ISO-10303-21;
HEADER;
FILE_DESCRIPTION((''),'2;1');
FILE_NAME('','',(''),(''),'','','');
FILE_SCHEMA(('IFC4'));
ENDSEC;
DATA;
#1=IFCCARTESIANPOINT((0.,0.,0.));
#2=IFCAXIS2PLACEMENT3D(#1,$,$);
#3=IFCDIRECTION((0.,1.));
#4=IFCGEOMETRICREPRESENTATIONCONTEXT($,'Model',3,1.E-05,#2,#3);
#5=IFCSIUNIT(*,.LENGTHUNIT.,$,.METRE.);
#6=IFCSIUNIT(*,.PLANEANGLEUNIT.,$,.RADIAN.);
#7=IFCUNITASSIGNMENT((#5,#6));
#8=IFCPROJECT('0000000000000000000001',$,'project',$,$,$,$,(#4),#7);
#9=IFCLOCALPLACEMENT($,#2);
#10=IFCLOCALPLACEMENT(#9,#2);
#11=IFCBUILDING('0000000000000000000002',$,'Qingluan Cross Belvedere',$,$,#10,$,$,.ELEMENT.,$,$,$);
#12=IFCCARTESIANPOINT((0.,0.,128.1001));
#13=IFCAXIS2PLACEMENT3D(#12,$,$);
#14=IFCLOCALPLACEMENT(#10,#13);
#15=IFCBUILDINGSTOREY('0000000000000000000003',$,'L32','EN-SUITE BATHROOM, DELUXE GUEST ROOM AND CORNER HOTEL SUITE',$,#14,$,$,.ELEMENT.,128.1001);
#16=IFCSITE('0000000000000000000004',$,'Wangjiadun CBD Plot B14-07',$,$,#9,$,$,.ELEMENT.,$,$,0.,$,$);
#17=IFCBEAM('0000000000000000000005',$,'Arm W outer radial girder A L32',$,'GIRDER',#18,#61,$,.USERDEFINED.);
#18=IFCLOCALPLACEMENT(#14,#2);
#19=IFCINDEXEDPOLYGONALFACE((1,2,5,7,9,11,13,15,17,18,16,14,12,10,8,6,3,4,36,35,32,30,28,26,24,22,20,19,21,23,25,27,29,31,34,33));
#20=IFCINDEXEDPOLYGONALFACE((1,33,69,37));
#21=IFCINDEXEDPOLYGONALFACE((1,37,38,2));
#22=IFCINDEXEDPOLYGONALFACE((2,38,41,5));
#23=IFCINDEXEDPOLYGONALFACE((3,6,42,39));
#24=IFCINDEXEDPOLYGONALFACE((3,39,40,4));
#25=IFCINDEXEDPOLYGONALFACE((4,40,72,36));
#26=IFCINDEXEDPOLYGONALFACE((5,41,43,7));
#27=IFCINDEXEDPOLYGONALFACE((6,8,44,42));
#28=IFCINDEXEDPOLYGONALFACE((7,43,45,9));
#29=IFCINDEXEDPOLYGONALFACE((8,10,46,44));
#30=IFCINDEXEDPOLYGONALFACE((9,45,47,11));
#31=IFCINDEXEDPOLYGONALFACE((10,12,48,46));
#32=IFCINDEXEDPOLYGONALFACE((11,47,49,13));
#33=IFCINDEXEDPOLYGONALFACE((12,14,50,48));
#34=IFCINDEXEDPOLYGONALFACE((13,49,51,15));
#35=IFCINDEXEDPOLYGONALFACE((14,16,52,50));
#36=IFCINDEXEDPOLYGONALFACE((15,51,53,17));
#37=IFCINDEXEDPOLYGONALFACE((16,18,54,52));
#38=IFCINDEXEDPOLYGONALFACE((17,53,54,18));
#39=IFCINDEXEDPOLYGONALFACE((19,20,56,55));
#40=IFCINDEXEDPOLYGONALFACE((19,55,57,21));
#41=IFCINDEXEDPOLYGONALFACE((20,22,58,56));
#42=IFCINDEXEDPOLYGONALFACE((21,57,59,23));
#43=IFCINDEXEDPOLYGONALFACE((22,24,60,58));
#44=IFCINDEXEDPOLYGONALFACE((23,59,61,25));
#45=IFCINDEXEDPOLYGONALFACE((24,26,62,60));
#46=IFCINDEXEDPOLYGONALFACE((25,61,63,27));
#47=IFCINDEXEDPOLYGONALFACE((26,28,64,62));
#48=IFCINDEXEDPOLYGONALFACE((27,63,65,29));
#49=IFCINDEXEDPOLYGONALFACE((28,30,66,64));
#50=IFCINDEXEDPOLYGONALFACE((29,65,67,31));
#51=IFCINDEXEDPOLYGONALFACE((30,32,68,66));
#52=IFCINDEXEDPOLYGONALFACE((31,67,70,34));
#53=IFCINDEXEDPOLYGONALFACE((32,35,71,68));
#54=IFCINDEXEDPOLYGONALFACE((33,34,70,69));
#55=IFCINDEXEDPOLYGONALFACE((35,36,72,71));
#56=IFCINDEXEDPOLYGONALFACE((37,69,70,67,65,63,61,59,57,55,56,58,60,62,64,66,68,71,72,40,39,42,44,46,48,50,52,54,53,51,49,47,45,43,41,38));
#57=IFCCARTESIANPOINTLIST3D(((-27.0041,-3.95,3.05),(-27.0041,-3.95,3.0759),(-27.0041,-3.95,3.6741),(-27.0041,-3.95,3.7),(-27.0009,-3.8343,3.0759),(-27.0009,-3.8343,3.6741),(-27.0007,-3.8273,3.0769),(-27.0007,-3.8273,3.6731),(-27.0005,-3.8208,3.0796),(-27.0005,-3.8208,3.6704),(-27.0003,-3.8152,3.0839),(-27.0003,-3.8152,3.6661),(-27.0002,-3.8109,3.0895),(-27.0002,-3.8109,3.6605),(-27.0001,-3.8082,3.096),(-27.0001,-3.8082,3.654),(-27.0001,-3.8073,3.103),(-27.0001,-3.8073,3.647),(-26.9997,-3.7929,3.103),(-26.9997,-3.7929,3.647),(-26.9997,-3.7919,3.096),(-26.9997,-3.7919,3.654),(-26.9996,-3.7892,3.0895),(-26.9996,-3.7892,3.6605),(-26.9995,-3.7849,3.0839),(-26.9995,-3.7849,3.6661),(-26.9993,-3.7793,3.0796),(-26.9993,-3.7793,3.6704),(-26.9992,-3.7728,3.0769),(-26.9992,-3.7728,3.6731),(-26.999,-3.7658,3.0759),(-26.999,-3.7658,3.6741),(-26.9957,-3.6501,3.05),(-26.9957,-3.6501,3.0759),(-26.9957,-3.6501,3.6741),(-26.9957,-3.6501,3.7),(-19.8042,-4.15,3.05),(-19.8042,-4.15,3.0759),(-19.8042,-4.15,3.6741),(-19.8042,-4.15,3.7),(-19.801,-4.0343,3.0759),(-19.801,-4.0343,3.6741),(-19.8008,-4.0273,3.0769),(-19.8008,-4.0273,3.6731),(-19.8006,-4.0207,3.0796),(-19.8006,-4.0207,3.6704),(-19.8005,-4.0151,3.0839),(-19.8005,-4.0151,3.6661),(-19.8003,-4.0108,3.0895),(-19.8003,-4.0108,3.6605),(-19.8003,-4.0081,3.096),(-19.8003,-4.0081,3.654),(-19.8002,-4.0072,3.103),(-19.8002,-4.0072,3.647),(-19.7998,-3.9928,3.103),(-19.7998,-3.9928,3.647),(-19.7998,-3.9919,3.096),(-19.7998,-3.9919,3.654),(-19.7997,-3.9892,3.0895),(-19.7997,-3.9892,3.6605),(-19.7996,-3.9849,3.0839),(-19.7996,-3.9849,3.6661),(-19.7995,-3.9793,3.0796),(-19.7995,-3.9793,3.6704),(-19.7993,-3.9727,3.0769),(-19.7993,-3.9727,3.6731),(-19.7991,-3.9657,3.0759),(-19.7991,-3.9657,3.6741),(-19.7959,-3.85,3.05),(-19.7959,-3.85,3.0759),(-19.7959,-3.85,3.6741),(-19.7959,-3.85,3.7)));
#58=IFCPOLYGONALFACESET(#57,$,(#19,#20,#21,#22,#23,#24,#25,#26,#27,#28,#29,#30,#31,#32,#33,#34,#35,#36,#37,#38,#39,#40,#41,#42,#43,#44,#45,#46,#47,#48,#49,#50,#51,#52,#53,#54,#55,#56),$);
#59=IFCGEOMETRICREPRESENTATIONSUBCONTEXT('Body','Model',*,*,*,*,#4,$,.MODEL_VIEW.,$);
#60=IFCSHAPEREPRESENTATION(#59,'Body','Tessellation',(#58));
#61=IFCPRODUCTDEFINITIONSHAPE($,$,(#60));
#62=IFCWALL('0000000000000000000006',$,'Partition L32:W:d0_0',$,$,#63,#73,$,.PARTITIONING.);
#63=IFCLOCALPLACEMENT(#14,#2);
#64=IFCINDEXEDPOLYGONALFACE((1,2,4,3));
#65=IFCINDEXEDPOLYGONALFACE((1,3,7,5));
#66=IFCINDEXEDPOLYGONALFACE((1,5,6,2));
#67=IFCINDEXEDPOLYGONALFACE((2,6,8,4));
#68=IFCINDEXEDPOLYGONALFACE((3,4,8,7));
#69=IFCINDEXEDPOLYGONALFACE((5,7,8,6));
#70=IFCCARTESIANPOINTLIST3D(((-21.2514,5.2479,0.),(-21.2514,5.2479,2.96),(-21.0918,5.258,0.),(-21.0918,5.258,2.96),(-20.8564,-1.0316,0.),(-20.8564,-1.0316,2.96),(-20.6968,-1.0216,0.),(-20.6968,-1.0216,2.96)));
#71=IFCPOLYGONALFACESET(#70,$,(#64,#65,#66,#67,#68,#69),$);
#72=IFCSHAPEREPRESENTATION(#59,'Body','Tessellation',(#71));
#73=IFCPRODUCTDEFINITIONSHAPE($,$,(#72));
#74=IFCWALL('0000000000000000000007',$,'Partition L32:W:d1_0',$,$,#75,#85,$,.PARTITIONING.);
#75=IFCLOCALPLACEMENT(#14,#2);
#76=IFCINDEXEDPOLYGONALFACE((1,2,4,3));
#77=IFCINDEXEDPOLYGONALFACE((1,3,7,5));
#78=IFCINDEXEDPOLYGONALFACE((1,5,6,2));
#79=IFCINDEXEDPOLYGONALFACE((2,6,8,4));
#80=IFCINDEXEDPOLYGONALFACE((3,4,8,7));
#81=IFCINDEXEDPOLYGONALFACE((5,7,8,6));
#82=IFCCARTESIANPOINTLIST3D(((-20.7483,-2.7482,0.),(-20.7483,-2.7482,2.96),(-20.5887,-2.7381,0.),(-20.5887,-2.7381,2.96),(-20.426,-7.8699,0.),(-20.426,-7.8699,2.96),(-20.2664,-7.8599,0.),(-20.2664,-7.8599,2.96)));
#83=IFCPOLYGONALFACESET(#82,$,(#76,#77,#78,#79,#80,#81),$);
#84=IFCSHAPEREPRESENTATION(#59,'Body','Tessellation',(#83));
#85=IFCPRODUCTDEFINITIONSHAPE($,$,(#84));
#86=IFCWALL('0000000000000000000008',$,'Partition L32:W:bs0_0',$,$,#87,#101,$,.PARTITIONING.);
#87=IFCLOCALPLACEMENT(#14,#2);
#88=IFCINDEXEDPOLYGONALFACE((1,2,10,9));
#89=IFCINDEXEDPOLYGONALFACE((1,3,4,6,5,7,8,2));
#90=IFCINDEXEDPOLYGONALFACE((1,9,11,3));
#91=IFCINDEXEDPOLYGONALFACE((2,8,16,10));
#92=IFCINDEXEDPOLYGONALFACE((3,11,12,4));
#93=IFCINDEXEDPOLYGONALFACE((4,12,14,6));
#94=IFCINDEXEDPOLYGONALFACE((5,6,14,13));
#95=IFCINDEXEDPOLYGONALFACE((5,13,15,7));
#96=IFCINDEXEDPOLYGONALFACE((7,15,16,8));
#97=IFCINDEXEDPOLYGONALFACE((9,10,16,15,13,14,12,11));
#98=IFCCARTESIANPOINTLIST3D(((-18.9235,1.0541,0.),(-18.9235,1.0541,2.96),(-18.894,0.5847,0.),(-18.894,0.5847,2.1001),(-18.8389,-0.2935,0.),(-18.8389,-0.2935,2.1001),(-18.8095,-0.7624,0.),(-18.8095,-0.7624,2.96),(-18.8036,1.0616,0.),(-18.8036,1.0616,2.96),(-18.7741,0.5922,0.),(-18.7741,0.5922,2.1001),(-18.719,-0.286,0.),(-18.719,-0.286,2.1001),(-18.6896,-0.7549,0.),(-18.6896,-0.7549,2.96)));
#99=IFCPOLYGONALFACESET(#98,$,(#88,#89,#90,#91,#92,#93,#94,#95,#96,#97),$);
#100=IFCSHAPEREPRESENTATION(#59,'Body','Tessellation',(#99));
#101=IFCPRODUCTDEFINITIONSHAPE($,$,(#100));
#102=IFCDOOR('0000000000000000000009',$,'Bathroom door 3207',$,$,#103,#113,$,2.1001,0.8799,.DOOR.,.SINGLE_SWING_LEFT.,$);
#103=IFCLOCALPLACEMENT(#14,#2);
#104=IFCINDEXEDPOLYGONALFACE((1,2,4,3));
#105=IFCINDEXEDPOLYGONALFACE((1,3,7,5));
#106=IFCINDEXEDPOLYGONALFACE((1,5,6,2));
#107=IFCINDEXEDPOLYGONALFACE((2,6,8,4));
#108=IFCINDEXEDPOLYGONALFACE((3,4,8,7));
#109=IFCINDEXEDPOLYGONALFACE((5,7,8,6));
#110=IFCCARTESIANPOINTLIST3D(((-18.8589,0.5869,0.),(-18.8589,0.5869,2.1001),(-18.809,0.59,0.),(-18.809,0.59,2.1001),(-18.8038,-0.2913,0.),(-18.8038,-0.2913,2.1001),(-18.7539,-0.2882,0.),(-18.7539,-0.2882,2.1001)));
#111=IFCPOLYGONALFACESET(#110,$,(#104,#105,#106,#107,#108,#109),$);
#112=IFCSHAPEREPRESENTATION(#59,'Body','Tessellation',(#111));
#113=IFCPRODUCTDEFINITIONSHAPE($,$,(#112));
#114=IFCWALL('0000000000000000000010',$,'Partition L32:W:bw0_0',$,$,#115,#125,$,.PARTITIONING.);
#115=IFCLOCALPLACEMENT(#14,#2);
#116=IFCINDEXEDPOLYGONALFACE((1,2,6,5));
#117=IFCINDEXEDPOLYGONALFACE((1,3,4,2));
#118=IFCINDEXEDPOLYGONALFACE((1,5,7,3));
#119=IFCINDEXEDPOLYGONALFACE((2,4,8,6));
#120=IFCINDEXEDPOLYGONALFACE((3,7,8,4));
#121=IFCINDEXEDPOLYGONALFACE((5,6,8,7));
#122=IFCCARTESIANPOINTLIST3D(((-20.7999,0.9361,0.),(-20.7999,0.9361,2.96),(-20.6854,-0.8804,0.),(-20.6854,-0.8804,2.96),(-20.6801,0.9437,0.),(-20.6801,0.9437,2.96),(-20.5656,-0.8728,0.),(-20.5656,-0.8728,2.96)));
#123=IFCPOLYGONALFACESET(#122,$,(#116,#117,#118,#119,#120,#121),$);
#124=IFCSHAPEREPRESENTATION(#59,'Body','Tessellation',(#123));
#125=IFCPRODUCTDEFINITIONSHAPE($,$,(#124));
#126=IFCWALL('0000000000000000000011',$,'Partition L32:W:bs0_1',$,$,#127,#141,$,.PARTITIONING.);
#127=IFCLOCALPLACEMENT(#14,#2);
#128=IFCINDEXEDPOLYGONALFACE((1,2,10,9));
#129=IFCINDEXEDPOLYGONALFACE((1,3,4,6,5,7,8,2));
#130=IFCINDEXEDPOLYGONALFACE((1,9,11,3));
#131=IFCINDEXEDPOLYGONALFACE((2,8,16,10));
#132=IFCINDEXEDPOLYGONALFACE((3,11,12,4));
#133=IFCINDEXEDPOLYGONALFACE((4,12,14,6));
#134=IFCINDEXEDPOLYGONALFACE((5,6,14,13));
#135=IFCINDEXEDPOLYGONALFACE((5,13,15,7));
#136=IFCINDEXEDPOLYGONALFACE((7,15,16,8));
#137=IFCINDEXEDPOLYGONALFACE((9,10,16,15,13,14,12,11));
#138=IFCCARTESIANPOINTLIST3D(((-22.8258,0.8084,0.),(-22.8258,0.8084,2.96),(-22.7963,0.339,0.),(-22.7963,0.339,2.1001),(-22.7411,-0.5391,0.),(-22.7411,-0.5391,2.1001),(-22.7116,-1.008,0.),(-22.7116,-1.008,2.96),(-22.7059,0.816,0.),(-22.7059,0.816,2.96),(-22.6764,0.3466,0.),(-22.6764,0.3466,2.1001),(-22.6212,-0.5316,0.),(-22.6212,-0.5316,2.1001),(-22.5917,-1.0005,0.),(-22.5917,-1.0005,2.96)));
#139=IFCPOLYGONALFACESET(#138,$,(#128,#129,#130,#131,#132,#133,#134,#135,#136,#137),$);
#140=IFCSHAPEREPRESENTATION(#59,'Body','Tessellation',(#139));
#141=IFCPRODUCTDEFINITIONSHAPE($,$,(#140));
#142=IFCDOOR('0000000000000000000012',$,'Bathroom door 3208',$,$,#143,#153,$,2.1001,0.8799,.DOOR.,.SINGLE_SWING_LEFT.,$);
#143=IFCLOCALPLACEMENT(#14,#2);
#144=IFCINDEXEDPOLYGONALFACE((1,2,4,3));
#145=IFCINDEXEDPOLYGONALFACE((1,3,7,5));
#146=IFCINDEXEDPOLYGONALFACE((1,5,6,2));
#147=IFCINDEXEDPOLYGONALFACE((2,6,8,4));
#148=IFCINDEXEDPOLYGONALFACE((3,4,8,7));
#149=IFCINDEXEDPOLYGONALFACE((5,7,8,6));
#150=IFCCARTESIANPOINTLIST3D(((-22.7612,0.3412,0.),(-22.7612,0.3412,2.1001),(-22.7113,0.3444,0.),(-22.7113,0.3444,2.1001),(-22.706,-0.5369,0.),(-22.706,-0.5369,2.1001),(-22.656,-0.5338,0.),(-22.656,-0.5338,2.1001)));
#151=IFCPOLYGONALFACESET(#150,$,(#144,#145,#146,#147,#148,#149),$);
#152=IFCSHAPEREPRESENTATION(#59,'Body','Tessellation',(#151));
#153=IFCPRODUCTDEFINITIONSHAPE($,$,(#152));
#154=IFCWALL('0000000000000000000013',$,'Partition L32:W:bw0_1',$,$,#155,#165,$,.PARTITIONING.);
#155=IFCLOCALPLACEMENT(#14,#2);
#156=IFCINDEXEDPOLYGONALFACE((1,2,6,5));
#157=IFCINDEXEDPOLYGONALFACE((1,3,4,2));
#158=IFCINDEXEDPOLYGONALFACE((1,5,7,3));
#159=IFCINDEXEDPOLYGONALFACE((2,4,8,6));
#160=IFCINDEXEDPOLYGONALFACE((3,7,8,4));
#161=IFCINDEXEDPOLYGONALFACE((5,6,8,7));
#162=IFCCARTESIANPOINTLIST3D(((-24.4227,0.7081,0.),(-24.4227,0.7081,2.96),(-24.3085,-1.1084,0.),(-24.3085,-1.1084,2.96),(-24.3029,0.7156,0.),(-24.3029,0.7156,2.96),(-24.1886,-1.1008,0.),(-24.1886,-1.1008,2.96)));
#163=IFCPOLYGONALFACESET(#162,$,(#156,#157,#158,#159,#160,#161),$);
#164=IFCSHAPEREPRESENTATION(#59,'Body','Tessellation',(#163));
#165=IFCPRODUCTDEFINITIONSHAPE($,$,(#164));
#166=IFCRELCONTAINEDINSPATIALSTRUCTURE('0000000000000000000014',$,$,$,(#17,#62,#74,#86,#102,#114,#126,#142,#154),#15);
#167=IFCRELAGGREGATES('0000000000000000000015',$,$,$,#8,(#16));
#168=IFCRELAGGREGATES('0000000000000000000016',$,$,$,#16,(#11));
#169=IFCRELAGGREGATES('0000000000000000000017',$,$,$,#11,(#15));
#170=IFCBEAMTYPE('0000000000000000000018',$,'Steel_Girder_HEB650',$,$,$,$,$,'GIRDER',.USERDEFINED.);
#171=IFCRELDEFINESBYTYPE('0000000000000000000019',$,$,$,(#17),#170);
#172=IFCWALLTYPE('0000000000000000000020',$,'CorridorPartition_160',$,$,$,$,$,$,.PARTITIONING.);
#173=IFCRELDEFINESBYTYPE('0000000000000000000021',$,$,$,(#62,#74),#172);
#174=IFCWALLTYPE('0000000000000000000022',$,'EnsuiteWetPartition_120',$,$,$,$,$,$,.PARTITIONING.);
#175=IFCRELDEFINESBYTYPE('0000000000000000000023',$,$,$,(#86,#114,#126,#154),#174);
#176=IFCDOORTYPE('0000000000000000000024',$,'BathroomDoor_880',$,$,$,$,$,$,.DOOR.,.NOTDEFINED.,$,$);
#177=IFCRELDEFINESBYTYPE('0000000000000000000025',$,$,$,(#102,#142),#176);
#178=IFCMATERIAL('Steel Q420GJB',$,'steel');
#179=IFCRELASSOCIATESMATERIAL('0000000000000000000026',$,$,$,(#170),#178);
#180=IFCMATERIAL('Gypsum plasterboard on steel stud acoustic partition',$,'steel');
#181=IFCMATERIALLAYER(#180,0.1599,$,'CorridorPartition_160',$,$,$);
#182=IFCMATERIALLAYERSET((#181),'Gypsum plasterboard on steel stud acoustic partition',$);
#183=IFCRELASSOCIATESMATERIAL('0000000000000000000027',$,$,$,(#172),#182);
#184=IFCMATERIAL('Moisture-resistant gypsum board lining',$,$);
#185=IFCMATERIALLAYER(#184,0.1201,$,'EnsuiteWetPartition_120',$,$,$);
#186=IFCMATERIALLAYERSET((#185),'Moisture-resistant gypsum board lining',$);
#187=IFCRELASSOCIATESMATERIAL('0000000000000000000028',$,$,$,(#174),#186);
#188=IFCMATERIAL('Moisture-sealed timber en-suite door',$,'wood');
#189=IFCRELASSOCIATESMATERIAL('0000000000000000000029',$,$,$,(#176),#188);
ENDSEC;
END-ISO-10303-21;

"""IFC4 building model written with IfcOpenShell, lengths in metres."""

from ifc_helpers import new_model, si_unit, direction, frame, frame_2d, origin, origin_2d, place, context, subcontext, project, spatial, rectangle, i_section, extrude, material, layer, layer_set, material_profile, profile_set, type_object, element, fill, save


model = new_model("IFC4")

# Units and contexts
model_context = context("Model", 3, precision=1e-05, world=origin(), true_north=direction((0.0, 1.0)))
body_context = subcontext(model_context, "Body", "Model", "MODEL_VIEW")
ifc_project = project(units=[si_unit("LENGTHUNIT", "METRE"), si_unit("PLANEANGLEUNIT", "RADIAN")], contexts=[model_context])

# Site, building, storey
site_placement = place(None, origin())
site = spatial("IfcSite", under=ifc_project, at=site_placement, Name="Wangjiadun CBD Plot B14-07", CompositionType="ELEMENT", RefElevation=0.0)
building_placement = place(site_placement, origin())
building = spatial("IfcBuilding", under=site, at=building_placement, Name="Qingluan Cross Belvedere", CompositionType="ELEMENT")
storey_placement = place(building_placement, frame((0.0, 0.0, 128.1001)))
storey = spatial("IfcBuildingStorey", under=building, at=storey_placement, Name="L32", Description="EN-SUITE BATHROOM, DELUXE GUEST ROOM AND CORNER HOTEL SUITE", CompositionType="ELEMENT", Elevation=128.1001)

# Beam
ifc_material_1 = material(Name="Steel Q420GJB", Category="steel")
ifc_material_profile_1 = material_profile(ifc_material_1, i_section(OverallWidth=0.3, OverallDepth=0.6499, WebThickness=0.0144, FlangeThickness=0.0259, FilletRadius=0.0271, at=origin_2d()), Name="HEB650")
ifc_profile_set_1 = profile_set([ifc_material_profile_1], Name="Steel Q420GJB")
beam_type_1 = type_object("IfcBeamType", Name="Steel_Girder_HEB650", ElementType="GIRDER", PredefinedType="USERDEFINED", material=ifc_profile_set_1)
beam_1_placement = place(storey_placement, frame((-19.8, -4.0, 3.375), z_axis=(-0.999615, 0.02776, 0.0), x_axis=(-0.02776, -0.999615, 0.0)))
element("IfcBeam", 1, at=beam_1_placement, inside=storey, type_object=beam_type_1, Name="Arm W outer radial girder A L32", ObjectType="GIRDER", PredefinedType="USERDEFINED", context=body_context, shape_type="SweptSolid", body=[
    extrude(i_section(OverallWidth=0.3, OverallDepth=0.6499, WebThickness=0.0144, FlangeThickness=0.0259, FilletRadius=0.0271, at=origin_2d()), origin(), (0.0, 0.0, 1.0), 7.2026),
])

# Wall
ifc_material_2 = material(Name="Gypsum plasterboard on steel stud acoustic partition", Category="steel")
ifc_layer_1 = layer(ifc_material_2, 0.1599, Name="CorridorPartition_160")
ifc_layer_set_1 = layer_set([ifc_layer_1], Name="Gypsum plasterboard on steel stud acoustic partition")
wall_type_1 = type_object("IfcWallType", Name="CorridorPartition_160", PredefinedType="PARTITIONING", material=ifc_layer_set_1)
wall_1_placement = place(storey_placement, frame((-20.7766, -1.0266, 0.0), z_axis=(0.0, 0.0, 1.0), x_axis=(-0.062782, 0.998027, 0.0)))
element("IfcWall", 2, at=wall_1_placement, inside=storey, type_object=wall_type_1, Name="Partition L32:W:d0_0", PredefinedType="PARTITIONING", context=body_context, shape_type="SweptSolid", body=[
    extrude(rectangle(XDim=6.292, YDim=0.1599, at=frame_2d((3.146, 0.0))), origin(), (0.0, 0.0, 1.0), 2.96),
])

# Wall
wall_2_placement = place(storey_placement, frame((-20.6685, -2.7432, 0.0), z_axis=(0.0, 0.0, 1.0), x_axis=(0.062796, -0.998026, 0.0)))
element("IfcWall", 3, at=wall_2_placement, inside=storey, type_object=wall_type_1, Name="Partition L32:W:d1_0", PredefinedType="PARTITIONING", context=body_context, shape_type="SweptSolid", body=[
    extrude(rectangle(XDim=5.1318, YDim=0.1599, at=frame_2d((2.5659, 0.0))), origin(), (0.0, 0.0, 1.0), 2.96),
])

# Wall, opening, door
ifc_material_3 = material(Name="Moisture-resistant gypsum board lining")
ifc_layer_2 = layer(ifc_material_3, 0.1201, Name="EnsuiteWetPartition_120")
ifc_layer_set_2 = layer_set([ifc_layer_2], Name="Moisture-resistant gypsum board lining")
wall_type_2 = type_object("IfcWallType", Name="EnsuiteWetPartition_120", PredefinedType="PARTITIONING", material=ifc_layer_set_2)
wall_3_placement = place(storey_placement, frame((-18.7495, -0.7588, 0.0), z_axis=(0.0, 0.0, 1.0), x_axis=(-0.062646, 0.998036, 0.0)))
wall_3 = element("IfcWall", 4, at=wall_3_placement, inside=storey, type_object=wall_type_2, Name="Partition L32:W:bs0_0", PredefinedType="PARTITIONING", context=body_context, shape_type="SweptSolid", body=[
    extrude(rectangle(XDim=1.8201, YDim=0.1201, at=frame_2d((0.9102, 0.0))), origin(), (0.0, 0.0, 1.0), 2.96),
])
opening_1_placement = place(wall_3_placement, frame((0.47, 0.0, 0.0)))
opening_1 = element("IfcOpeningElement", 5, at=opening_1_placement, cuts=wall_3, PredefinedType="OPENING", context=body_context, shape_type="SweptSolid", body=[
    extrude(rectangle(XDim=0.8799, YDim=2.1001, at=frame_2d((0.4399, 1.05))), frame((0.0, 0.0701, 0.0), z_axis=(0.0, -1.0, 0.0), x_axis=(1.0, 0.0, 0.0)), (0.0, 0.0, 1.0), 0.1401),
])
ifc_material_4 = material(Name="Moisture-sealed timber en-suite door", Category="wood")
door_type_1 = type_object("IfcDoorType", Name="BathroomDoor_880", OperationType="NOTDEFINED", PredefinedType="DOOR", material=ifc_material_4)
door_1_placement = place(opening_1_placement, origin())
door_1 = element("IfcDoor", 6, at=door_1_placement, inside=storey, type_object=door_type_1, Name="Bathroom door 3207", OperationType="SINGLE_SWING_LEFT", OverallHeight=2.1001, OverallWidth=0.8799, PredefinedType="DOOR", context=body_context, shape_type="SweptSolid", body=[
    extrude(rectangle(XDim=0.8799, YDim=2.1001, at=frame_2d((0.4399, 1.05))), frame((0.0, 0.0249, 0.0), z_axis=(0.0, -1.0, 0.0), x_axis=(1.0, 0.0, 0.0)), (0.0, 0.0, 1.0), 0.05),
])
fill(opening_1, door_1)

# Wall
wall_4_placement = place(storey_placement, frame((-20.6255, -0.8767, 0.0), z_axis=(0.0, 0.0, 1.0), x_axis=(-0.062913, 0.998019, 0.0)))
element("IfcWall", 7, at=wall_4_placement, inside=storey, type_object=wall_type_2, Name="Partition L32:W:bw0_0", PredefinedType="PARTITIONING", context=body_context, shape_type="SweptSolid", body=[
    extrude(rectangle(XDim=1.8201, YDim=0.1201, at=frame_2d((0.9102, 0.0))), origin(), (0.0, 0.0, 1.0), 2.96),
])

# Wall, opening, door
wall_5_placement = place(storey_placement, frame((-22.6516, -1.0044, 0.0), z_axis=(0.0, 0.0, 1.0), x_axis=(-0.062779, 0.998027, 0.0)))
wall_5 = element("IfcWall", 8, at=wall_5_placement, inside=storey, type_object=wall_type_2, Name="Partition L32:W:bs0_1", PredefinedType="PARTITIONING", context=body_context, shape_type="SweptSolid", body=[
    extrude(rectangle(XDim=1.8201, YDim=0.1201, at=frame_2d((0.9102, 0.0))), origin(), (0.0, 0.0, 1.0), 2.96),
])
opening_2_placement = place(wall_5_placement, frame((0.47, 0.0, 0.0)))
opening_2 = element("IfcOpeningElement", 9, at=opening_2_placement, cuts=wall_5, PredefinedType="OPENING", context=body_context, shape_type="SweptSolid", body=[
    extrude(rectangle(XDim=0.8799, YDim=2.1001, at=frame_2d((0.4399, 1.05))), frame((0.0, 0.0701, 0.0), z_axis=(0.0, -1.0, 0.0), x_axis=(1.0, 0.0, 0.0)), (0.0, 0.0, 1.0), 0.1401),
])
door_2_placement = place(opening_2_placement, origin())
door_2 = element("IfcDoor", 10, at=door_2_placement, inside=storey, type_object=door_type_1, Name="Bathroom door 3208", OperationType="SINGLE_SWING_LEFT", OverallHeight=2.1001, OverallWidth=0.8799, PredefinedType="DOOR", context=body_context, shape_type="SweptSolid", body=[
    extrude(rectangle(XDim=0.8799, YDim=2.1001, at=frame_2d((0.4399, 1.05))), frame((0.0, 0.0249, 0.0), z_axis=(0.0, -1.0, 0.0), x_axis=(1.0, 0.0, 0.0)), (0.0, 0.0, 1.0), 0.05),
])
fill(opening_2, door_2)

# Wall
wall_6_placement = place(storey_placement, frame((-24.2485, -1.1047, 0.0), z_axis=(0.0, 0.0, 1.0), x_axis=(-0.062779, 0.998027, 0.0)))
element("IfcWall", 11, at=wall_6_placement, inside=storey, type_object=wall_type_2, Name="Partition L32:W:bw0_1", PredefinedType="PARTITIONING", context=body_context, shape_type="SweptSolid", body=[
    extrude(rectangle(XDim=1.8201, YDim=0.1201, at=frame_2d((0.9102, 0.0))), origin(), (0.0, 0.0, 1.0), 2.96),
])

save(model, "model.ifc")
